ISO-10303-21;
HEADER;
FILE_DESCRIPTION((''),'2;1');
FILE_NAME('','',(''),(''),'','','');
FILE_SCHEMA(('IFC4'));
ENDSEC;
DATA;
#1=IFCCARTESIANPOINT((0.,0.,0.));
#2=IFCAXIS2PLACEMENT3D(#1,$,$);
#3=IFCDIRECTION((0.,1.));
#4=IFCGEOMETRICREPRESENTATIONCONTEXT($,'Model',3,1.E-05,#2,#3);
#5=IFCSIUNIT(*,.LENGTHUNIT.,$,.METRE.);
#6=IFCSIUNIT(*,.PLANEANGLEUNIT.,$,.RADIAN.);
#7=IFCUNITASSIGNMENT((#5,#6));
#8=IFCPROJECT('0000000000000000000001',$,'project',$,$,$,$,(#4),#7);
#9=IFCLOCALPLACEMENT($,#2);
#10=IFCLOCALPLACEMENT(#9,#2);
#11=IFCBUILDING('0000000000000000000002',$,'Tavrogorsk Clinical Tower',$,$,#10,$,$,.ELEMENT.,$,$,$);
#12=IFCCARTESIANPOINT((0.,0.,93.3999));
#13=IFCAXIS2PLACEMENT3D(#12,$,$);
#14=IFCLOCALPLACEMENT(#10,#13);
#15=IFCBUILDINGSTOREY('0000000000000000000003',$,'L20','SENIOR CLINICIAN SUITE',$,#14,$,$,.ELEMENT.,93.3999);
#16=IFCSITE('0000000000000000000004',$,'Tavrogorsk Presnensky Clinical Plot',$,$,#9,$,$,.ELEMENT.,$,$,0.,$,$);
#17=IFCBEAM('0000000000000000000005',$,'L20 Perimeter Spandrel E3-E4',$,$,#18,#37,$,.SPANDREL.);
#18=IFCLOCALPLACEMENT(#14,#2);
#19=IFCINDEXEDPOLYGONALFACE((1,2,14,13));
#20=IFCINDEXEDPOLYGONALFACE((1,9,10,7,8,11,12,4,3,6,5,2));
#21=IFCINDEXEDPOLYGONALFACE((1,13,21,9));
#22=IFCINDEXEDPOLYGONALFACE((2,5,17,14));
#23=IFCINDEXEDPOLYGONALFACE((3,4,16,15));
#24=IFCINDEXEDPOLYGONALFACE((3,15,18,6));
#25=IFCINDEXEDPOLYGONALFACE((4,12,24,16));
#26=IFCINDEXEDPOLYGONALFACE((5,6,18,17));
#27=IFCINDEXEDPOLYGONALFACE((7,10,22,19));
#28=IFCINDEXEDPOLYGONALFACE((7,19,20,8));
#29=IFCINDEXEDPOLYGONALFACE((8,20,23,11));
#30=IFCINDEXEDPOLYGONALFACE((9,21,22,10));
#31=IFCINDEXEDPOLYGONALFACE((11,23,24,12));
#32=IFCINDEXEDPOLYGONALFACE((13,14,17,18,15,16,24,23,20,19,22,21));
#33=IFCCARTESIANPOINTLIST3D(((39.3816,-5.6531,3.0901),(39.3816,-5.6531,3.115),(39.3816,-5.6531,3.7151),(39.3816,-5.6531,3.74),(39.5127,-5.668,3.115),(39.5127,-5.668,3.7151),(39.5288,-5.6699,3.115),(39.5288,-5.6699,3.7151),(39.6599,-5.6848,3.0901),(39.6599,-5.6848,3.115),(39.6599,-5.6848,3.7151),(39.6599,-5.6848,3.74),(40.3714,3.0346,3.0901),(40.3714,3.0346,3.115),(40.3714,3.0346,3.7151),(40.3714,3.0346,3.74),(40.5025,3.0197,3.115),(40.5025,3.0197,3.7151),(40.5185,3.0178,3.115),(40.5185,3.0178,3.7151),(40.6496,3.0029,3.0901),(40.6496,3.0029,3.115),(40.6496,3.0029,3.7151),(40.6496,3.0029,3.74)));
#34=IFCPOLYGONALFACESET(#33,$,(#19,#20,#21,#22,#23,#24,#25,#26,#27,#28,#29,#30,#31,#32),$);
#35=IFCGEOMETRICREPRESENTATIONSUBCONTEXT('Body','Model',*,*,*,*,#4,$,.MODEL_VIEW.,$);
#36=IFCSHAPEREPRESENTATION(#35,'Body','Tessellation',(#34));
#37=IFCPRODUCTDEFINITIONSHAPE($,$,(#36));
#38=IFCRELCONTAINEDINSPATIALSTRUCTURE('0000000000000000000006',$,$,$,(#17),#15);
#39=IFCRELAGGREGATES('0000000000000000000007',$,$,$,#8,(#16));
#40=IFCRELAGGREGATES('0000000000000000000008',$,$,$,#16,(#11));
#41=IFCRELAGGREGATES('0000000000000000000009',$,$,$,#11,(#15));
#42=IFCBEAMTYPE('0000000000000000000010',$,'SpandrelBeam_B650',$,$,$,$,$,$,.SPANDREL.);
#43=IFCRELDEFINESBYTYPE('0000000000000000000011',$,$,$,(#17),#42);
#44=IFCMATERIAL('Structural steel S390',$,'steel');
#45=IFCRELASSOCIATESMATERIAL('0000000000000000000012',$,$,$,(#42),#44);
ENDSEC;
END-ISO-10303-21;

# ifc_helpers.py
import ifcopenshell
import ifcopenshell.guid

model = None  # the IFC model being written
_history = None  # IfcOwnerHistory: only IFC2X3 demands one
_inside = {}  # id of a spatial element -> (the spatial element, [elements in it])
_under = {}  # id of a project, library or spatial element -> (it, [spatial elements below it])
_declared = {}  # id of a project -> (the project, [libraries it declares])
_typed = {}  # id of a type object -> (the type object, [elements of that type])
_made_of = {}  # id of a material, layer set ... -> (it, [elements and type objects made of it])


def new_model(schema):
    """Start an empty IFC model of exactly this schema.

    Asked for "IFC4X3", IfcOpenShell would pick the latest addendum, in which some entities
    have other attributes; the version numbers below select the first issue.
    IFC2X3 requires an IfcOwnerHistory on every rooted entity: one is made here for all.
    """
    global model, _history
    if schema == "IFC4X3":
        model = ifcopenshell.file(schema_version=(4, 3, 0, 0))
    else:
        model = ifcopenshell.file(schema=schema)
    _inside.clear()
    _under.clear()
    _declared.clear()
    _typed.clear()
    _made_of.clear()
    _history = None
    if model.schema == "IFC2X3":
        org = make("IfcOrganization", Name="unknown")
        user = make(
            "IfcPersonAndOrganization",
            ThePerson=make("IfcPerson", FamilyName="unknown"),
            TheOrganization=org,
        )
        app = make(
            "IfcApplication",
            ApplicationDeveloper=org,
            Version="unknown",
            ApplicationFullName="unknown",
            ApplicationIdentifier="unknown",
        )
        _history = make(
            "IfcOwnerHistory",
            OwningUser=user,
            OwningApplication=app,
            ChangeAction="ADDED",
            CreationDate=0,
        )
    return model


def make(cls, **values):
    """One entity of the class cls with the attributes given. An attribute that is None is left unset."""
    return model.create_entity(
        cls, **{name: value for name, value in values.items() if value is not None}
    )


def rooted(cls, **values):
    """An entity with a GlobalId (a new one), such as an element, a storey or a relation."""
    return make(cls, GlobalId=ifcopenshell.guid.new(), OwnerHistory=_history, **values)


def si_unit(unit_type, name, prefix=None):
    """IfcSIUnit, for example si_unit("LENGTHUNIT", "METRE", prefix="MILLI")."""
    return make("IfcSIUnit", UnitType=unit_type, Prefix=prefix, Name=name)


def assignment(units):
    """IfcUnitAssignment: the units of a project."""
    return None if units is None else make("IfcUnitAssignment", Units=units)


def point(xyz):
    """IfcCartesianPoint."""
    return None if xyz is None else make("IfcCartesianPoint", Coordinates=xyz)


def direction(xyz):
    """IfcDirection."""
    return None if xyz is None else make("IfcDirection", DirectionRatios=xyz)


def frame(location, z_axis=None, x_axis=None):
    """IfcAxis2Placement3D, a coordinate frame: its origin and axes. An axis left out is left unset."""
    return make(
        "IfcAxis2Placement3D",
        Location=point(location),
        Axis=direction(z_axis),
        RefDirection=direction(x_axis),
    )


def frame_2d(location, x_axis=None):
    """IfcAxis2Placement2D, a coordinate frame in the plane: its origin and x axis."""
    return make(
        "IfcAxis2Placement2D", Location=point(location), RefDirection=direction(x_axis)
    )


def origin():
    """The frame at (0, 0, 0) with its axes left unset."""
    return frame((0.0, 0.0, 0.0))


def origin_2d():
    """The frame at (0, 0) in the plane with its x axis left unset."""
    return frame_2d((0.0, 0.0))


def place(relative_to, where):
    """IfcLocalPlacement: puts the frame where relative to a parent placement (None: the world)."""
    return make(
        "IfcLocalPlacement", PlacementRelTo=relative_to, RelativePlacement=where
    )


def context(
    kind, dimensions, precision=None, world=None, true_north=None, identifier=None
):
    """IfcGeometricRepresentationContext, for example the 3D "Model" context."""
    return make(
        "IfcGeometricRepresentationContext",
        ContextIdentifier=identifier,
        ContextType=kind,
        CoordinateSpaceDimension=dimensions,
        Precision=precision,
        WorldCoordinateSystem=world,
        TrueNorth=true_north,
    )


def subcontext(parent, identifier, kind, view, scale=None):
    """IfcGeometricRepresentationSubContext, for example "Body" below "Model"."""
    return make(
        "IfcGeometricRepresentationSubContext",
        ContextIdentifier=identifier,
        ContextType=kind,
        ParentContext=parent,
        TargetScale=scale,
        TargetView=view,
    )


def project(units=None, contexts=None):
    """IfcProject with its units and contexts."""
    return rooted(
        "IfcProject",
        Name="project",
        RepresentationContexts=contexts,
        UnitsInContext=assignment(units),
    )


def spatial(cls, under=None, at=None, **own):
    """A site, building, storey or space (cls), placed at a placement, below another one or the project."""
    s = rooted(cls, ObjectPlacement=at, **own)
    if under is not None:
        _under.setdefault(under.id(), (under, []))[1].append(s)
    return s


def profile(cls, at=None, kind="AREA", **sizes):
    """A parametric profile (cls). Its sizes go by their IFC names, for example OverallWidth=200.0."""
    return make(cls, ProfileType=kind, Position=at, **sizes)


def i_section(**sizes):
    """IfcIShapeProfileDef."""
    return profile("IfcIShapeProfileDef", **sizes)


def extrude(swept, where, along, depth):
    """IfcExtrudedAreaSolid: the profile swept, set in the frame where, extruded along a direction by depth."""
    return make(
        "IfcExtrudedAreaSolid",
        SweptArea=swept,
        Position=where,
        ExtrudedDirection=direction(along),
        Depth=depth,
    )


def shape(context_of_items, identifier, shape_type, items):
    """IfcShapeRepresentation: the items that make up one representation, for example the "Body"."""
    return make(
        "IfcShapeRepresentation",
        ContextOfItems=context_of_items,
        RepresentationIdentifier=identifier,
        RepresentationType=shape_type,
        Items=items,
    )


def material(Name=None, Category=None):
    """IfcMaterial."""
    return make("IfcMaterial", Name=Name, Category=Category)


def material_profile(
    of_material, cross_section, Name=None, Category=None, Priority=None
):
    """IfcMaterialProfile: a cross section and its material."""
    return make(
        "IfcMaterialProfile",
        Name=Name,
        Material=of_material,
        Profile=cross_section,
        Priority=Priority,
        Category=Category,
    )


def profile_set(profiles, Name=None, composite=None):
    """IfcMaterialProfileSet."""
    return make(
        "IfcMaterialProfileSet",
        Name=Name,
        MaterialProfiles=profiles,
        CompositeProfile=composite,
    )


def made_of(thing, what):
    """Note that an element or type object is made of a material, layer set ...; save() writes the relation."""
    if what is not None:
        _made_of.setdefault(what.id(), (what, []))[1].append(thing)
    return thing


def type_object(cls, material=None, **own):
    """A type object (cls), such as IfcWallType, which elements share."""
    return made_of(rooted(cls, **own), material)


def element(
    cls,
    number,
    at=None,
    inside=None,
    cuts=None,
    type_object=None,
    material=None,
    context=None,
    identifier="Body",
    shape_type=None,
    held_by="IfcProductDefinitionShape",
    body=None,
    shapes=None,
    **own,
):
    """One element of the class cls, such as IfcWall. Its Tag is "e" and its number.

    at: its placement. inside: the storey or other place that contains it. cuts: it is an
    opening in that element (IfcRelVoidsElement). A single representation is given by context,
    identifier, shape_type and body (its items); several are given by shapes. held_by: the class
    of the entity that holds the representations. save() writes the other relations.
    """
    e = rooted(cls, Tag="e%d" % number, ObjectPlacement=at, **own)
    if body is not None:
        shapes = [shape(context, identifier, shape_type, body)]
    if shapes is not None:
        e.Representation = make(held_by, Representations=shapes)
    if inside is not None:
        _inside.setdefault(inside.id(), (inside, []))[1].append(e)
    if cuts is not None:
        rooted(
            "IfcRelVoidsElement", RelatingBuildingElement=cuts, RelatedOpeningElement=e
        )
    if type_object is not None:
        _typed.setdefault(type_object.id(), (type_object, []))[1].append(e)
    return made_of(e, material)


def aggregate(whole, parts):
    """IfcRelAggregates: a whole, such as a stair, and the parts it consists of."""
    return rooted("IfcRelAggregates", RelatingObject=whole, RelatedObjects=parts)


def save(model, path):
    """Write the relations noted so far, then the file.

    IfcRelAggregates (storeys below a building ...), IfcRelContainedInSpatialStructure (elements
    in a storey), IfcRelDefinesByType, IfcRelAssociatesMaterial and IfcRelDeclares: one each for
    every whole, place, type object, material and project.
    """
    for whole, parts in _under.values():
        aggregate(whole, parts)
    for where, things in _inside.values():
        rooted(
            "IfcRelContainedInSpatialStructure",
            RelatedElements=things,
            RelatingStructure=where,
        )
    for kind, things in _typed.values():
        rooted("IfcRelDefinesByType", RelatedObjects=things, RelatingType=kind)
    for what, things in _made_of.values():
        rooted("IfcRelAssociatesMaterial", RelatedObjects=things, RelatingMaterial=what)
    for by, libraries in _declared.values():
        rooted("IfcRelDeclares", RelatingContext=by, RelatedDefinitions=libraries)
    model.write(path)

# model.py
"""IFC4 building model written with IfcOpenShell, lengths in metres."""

from ifc_helpers import new_model, si_unit, direction, frame, origin, origin_2d, place, context, subcontext, project, spatial, i_section, extrude, material, material_profile, profile_set, type_object, element, save


model = new_model("IFC4")

# Units and contexts
model_context = context("Model", 3, precision=1e-05, world=origin(), true_north=direction((0.0, 1.0)))
body_context = subcontext(model_context, "Body", "Model", "MODEL_VIEW")
ifc_project = project(units=[si_unit("LENGTHUNIT", "METRE"), si_unit("PLANEANGLEUNIT", "RADIAN")], contexts=[model_context])

# Site, building, storey
site_placement = place(None, origin())
site = spatial("IfcSite", under=ifc_project, at=site_placement, Name="Tavrogorsk Presnensky Clinical Plot", CompositionType="ELEMENT", RefElevation=0.0)
building_placement = place(site_placement, origin())
building = spatial("IfcBuilding", under=site, at=building_placement, Name="Tavrogorsk Clinical Tower", CompositionType="ELEMENT")
storey_placement = place(building_placement, frame((0.0, 0.0, 93.3999)))
storey = spatial("IfcBuildingStorey", under=building, at=storey_placement, Name="L20", Description="SENIOR CLINICIAN SUITE", CompositionType="ELEMENT", Elevation=93.3999)

# Beam
ifc_material_1 = material(Name="Structural steel S390", Category="steel")
ifc_material_profile_1 = material_profile(ifc_material_1, i_section(OverallWidth=0.28, OverallDepth=0.6499, WebThickness=0.0161, FlangeThickness=0.0249, at=origin_2d()), Name="B-650x280x16x25")
ifc_profile_set_1 = profile_set([ifc_material_profile_1], Name="Structural steel S390")
beam_type_1 = type_object("IfcBeamType", Name="SpandrelBeam_B650", PredefinedType="SPANDREL", material=ifc_profile_set_1)
beam_1_placement = place(storey_placement, frame((39.5208, -5.6689, 3.415), z_axis=(0.113192, 0.993573, 0.0), x_axis=(-0.993573, 0.113192, 0.0)))
element("IfcBeam", 1, at=beam_1_placement, inside=storey, type_object=beam_type_1, Name="L20 Perimeter Spandrel E3-E4", PredefinedType="SPANDREL", context=body_context, shape_type="SweptSolid", body=[
    extrude(i_section(OverallWidth=0.28, OverallDepth=0.6499, WebThickness=0.0161, FlangeThickness=0.0249, at=origin_2d()), origin(), (0.0, 0.0, 1.0), 8.7439),
])

save(model, "model.ifc")
